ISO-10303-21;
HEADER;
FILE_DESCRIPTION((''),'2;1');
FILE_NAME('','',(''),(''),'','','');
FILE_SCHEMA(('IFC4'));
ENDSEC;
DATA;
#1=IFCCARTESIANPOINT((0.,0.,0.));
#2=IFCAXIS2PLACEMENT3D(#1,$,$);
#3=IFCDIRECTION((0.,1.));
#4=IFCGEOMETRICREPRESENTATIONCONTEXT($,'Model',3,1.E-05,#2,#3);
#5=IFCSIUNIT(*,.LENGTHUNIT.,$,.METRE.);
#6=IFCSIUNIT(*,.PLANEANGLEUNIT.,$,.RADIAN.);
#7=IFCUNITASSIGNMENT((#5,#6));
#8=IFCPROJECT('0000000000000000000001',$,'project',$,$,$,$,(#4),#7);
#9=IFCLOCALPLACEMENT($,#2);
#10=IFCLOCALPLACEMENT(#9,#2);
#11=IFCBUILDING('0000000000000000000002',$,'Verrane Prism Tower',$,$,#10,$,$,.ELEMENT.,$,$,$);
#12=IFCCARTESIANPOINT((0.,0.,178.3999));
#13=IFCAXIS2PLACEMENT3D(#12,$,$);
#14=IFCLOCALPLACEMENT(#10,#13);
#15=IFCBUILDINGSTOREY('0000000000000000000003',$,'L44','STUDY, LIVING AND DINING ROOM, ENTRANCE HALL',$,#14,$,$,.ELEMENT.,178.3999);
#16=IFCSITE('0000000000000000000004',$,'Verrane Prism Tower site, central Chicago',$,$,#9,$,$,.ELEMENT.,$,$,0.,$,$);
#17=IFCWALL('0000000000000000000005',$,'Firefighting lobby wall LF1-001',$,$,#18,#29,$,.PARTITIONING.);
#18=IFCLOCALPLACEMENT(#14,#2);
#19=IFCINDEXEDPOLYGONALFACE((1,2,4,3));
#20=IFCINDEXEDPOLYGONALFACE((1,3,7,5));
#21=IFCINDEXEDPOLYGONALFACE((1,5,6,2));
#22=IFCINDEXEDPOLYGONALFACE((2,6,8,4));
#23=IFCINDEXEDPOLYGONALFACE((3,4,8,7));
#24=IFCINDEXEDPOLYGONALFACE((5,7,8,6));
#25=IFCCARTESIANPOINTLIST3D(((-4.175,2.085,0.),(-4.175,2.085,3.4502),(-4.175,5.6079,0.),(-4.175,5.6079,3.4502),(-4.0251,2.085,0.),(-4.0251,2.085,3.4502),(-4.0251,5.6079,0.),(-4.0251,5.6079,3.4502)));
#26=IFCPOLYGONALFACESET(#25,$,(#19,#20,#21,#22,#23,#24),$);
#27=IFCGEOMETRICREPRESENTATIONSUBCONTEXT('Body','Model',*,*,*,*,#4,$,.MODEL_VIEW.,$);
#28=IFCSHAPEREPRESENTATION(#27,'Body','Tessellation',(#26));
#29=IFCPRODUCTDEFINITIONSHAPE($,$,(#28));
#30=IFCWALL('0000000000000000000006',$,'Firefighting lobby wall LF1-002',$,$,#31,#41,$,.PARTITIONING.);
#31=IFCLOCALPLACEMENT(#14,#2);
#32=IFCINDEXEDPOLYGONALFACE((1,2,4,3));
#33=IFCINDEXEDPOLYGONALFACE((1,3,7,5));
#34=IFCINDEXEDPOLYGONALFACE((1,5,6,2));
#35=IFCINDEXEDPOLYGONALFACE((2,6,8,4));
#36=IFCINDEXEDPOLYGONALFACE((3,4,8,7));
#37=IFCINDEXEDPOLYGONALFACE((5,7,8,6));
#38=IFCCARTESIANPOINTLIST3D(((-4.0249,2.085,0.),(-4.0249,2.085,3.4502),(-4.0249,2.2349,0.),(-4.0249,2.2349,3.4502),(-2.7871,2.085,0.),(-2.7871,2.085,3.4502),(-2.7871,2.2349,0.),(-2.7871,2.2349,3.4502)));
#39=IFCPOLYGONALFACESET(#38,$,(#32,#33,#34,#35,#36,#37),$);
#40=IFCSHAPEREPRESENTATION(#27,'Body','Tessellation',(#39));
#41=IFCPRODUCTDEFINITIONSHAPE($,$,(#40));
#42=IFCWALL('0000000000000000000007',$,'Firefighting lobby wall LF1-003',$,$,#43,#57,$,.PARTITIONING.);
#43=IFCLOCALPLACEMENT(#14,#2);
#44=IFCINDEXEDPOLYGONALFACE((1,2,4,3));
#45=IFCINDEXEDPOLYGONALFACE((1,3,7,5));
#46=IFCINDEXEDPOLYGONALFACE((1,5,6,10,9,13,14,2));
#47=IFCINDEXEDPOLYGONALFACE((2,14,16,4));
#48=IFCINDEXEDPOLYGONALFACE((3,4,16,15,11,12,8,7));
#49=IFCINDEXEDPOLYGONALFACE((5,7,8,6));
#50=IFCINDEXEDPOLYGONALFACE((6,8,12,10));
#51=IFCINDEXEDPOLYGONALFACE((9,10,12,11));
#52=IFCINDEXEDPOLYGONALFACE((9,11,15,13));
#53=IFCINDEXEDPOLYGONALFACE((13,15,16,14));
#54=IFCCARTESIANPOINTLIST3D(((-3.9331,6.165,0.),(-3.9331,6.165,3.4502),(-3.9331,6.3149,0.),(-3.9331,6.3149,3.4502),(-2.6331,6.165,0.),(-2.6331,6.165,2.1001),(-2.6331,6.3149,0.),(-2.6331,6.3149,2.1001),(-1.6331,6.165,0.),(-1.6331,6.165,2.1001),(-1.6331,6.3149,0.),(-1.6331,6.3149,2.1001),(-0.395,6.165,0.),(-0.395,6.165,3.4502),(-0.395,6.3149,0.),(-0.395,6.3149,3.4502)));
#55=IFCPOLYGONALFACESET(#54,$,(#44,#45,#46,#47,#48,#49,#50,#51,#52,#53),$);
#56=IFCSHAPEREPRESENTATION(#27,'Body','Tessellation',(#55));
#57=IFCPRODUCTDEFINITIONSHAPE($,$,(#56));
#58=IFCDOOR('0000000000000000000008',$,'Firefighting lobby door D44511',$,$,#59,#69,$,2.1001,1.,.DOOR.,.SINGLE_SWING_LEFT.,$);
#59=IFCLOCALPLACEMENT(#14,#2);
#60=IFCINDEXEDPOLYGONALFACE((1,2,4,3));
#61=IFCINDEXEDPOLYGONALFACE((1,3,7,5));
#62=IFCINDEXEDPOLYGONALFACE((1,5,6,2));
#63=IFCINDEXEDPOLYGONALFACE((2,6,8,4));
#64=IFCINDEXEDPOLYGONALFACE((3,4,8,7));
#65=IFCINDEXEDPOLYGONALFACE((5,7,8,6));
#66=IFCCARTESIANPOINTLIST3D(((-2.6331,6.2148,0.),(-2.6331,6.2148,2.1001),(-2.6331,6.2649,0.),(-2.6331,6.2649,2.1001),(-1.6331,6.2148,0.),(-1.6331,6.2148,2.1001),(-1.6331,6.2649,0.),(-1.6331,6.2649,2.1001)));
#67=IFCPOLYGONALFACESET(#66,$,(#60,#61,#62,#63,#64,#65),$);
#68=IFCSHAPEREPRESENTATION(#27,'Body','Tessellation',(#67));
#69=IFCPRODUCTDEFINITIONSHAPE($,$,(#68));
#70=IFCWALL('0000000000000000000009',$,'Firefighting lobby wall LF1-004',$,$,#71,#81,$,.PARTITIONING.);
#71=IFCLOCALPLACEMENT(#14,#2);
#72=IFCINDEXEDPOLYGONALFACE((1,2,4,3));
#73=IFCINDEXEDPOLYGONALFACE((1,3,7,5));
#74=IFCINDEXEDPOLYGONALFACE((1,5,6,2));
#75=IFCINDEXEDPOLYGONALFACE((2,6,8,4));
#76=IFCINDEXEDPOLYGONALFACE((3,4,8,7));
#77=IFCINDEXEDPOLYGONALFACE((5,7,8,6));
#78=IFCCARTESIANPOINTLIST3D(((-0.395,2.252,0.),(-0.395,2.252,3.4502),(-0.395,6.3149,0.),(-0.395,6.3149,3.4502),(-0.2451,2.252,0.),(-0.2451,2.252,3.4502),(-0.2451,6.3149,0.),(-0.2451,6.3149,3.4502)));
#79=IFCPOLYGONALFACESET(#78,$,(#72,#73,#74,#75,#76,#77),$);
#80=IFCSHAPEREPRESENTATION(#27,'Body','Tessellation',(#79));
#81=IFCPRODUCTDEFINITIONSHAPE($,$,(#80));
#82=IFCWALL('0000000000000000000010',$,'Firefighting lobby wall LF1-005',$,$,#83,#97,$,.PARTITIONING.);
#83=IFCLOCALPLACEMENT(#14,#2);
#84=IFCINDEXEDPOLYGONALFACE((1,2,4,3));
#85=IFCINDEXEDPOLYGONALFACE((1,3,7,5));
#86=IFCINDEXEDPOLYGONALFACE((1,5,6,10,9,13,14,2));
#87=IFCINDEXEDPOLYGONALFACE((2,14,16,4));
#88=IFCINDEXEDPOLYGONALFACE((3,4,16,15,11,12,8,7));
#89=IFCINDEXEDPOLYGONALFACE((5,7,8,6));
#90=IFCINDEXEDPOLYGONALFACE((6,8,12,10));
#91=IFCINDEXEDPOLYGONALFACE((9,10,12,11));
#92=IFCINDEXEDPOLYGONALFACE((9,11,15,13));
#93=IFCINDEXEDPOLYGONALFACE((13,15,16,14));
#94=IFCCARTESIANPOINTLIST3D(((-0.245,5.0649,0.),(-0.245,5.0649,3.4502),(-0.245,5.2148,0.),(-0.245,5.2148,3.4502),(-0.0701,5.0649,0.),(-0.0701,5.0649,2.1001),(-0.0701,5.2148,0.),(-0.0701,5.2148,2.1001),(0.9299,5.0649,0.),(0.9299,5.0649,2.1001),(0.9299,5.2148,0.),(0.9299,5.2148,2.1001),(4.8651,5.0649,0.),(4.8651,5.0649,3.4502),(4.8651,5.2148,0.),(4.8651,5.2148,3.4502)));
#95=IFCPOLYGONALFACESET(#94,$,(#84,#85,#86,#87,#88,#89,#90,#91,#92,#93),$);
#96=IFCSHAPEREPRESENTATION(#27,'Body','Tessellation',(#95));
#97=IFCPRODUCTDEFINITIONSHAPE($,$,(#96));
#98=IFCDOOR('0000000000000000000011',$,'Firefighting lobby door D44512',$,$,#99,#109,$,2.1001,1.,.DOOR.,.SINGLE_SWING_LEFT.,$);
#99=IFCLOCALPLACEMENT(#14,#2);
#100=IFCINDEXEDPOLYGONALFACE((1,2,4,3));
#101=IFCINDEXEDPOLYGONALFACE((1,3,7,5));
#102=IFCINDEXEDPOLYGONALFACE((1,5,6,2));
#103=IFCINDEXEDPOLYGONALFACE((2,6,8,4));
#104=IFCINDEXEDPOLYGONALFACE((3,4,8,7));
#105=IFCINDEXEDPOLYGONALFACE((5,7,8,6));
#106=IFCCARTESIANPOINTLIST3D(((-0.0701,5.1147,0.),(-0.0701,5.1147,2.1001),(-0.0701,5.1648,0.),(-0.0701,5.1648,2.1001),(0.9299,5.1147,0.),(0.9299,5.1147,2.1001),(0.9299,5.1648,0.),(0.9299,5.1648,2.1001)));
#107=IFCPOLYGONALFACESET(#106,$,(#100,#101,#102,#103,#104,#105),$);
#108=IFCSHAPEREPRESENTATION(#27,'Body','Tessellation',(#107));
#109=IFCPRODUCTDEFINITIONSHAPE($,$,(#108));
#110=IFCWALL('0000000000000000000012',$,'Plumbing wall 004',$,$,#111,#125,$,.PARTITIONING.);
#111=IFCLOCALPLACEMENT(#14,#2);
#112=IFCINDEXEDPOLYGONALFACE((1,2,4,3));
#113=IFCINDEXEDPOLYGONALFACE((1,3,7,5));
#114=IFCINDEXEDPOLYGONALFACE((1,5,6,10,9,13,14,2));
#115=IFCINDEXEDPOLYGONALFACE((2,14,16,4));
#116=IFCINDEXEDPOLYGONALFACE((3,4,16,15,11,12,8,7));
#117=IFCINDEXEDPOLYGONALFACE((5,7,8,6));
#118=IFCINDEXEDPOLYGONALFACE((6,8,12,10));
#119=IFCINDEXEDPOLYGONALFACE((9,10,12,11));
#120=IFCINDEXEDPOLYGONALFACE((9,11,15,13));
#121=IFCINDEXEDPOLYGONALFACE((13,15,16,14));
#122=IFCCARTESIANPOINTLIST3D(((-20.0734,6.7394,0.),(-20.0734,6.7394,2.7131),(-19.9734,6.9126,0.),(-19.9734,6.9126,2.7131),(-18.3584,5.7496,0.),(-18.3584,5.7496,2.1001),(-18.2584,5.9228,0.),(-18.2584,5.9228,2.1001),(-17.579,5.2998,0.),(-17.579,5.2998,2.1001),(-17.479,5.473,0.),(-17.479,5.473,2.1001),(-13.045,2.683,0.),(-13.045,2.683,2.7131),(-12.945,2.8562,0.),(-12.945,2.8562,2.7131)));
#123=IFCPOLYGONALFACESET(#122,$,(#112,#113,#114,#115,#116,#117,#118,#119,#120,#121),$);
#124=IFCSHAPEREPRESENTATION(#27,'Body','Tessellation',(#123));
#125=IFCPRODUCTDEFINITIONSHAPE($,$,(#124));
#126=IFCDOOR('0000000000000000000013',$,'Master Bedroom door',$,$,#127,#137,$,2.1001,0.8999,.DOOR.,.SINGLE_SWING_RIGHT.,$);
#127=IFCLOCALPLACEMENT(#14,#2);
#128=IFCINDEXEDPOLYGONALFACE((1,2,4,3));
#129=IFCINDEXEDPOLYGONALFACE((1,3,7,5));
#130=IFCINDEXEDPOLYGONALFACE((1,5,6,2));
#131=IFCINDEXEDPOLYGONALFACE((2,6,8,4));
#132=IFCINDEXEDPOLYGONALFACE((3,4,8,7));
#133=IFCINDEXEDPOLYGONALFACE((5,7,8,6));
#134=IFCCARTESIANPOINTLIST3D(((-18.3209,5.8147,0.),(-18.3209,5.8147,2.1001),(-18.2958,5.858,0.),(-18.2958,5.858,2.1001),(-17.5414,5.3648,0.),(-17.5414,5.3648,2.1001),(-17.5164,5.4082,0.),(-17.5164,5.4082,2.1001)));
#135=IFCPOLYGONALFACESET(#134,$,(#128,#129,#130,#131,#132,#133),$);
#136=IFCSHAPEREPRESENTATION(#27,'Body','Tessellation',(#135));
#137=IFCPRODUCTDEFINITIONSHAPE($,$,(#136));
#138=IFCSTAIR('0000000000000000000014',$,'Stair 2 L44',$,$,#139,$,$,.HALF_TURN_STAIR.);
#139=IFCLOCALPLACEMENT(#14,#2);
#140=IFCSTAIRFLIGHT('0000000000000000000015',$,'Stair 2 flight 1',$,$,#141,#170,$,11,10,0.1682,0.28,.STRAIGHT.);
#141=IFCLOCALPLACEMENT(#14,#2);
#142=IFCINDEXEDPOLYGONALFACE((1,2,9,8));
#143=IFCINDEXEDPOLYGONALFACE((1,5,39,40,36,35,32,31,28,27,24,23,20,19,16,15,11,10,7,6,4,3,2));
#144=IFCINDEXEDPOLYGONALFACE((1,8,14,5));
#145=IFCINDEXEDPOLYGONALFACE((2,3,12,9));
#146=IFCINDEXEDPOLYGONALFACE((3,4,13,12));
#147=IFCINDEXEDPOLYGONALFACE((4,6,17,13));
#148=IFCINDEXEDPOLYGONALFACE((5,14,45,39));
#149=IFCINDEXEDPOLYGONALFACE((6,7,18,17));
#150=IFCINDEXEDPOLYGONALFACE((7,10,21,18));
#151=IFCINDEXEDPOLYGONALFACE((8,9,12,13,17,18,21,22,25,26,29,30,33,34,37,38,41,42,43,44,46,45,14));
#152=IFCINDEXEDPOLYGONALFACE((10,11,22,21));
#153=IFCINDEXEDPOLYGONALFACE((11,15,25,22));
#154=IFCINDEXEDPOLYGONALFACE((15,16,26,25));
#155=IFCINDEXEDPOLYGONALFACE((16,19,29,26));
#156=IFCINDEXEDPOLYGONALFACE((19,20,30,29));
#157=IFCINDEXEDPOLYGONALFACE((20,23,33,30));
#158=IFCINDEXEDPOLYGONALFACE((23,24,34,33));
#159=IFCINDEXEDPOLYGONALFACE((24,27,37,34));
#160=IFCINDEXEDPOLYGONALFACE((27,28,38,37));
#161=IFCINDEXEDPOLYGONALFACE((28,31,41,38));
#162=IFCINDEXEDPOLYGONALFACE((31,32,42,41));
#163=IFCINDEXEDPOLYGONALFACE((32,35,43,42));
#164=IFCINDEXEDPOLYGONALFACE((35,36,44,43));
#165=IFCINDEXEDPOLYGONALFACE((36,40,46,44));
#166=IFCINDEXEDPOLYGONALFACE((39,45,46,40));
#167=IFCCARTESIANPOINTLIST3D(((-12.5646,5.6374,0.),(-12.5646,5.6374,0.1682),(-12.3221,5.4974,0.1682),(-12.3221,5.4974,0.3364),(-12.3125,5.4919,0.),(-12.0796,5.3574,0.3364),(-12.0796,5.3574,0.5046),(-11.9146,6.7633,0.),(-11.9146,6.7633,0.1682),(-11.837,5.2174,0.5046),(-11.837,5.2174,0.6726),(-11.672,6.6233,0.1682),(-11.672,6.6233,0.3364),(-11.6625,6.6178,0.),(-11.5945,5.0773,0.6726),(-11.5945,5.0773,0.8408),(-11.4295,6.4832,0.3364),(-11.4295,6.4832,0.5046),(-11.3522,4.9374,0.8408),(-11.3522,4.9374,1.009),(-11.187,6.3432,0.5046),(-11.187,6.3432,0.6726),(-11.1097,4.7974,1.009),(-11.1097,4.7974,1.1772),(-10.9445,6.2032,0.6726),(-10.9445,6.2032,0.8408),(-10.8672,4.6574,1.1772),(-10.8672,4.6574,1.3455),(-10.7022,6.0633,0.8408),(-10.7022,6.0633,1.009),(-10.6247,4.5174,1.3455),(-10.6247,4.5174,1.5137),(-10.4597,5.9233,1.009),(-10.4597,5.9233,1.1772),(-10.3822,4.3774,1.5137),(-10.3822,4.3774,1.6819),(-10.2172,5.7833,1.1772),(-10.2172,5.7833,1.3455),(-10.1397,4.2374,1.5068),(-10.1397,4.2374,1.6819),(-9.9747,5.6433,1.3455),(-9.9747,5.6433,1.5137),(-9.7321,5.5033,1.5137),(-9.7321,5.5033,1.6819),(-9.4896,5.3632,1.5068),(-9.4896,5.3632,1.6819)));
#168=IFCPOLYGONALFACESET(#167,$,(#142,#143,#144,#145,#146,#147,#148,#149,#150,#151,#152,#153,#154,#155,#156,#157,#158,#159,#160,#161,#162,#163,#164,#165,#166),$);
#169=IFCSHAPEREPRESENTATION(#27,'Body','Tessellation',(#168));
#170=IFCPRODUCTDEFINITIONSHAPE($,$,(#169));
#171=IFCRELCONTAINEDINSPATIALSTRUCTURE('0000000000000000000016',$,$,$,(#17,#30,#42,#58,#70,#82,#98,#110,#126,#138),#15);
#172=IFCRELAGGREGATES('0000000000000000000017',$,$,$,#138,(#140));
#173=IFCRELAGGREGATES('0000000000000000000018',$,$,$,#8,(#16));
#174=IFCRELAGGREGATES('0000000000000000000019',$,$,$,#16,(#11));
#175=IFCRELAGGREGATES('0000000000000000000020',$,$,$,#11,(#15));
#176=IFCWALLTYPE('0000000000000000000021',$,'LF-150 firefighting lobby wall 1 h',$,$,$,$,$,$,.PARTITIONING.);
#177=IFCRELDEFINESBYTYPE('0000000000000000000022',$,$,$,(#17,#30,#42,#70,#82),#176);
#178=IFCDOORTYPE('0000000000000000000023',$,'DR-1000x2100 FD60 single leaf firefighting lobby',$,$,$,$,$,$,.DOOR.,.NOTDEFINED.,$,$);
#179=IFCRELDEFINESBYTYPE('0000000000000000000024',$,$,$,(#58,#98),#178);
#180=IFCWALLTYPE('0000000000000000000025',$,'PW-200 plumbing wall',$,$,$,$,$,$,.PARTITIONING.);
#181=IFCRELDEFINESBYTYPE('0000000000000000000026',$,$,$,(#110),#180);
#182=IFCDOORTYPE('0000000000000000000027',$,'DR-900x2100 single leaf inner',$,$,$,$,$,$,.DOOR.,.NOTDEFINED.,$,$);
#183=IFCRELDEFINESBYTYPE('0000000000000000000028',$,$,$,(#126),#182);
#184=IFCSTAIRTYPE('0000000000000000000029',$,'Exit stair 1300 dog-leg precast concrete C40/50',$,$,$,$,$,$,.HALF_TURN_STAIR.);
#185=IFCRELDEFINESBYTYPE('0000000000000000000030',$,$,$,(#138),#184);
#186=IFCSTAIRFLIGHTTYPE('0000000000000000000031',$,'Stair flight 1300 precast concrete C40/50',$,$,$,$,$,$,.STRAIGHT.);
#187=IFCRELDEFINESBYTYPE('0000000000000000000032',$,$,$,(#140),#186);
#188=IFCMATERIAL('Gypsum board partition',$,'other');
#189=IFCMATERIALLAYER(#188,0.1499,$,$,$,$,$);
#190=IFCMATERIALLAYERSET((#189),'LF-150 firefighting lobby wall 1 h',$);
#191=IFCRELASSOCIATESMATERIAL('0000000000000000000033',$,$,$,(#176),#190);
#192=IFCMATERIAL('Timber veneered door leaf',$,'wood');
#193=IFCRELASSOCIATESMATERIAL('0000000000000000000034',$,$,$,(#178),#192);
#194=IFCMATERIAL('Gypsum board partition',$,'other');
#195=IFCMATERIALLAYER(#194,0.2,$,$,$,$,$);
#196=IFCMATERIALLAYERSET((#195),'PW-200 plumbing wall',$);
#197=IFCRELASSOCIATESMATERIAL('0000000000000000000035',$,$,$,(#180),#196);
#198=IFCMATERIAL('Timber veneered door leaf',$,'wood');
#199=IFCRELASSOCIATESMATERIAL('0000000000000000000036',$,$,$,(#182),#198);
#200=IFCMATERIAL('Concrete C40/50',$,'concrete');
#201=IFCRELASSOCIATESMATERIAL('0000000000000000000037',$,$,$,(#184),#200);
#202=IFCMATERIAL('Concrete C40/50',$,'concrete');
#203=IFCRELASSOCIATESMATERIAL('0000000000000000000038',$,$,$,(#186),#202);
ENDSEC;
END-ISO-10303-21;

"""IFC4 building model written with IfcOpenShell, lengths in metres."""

from ifc_helpers import new_model, si_unit, direction, frame, frame_2d, origin, place, context, subcontext, project, spatial, polyline, rectangle, outline, extrude, material, layer, layer_set, type_object, element, fill, aggregate, save


model = new_model("IFC4")

# Units and contexts
model_context = context("Model", 3, precision=1e-05, world=origin(), true_north=direction((0.0, 1.0)))
body_context = subcontext(model_context, "Body", "Model", "MODEL_VIEW")
ifc_project = project(units=[si_unit("LENGTHUNIT", "METRE"), si_unit("PLANEANGLEUNIT", "RADIAN")], contexts=[model_context])

# Site, building, storey
site_placement = place(None, origin())
site = spatial("IfcSite", under=ifc_project, at=site_placement, Name="Verrane Prism Tower site, central Chicago", CompositionType="ELEMENT", RefElevation=0.0)
building_placement = place(site_placement, origin())
building = spatial("IfcBuilding", under=site, at=building_placement, Name="Verrane Prism Tower", CompositionType="ELEMENT")
storey_placement = place(building_placement, frame((0.0, 0.0, 178.3999)))
storey = spatial("IfcBuildingStorey", under=building, at=storey_placement, Name="L44", Description="STUDY, LIVING AND DINING ROOM, ENTRANCE HALL", CompositionType="ELEMENT", Elevation=178.3999)

# Walls
ifc_material_1 = material(Name="Gypsum board partition", Category="other")
ifc_layer_1 = layer(ifc_material_1, 0.1499)
ifc_layer_set_1 = layer_set([ifc_layer_1], Name="LF-150 firefighting lobby wall 1 h")
wall_type_1 = type_object("IfcWallType", Name="LF-150 firefighting lobby wall 1 h", PredefinedType="PARTITIONING", material=ifc_layer_set_1)
wall_1_placement = place(storey_placement, frame((-4.1001, 2.085, 0.0), z_axis=(0.0, 0.0, 1.0), x_axis=(0.0, 1.0, 0.0)))
element("IfcWall", 1, at=wall_1_placement, inside=storey, type_object=wall_type_1, Name="Firefighting lobby wall LF1-001", PredefinedType="PARTITIONING", context=body_context, shape_type="SweptSolid", body=[
    extrude(rectangle(XDim=3.5229, YDim=0.1499, at=frame_2d((1.7615, 0.0))), origin(), (0.0, 0.0, 1.0), 3.4502),
])
wall_2_placement = place(storey_placement, frame((-4.0249, 2.1599, 0.0), z_axis=(0.0, 0.0, 1.0), x_axis=(1.0, 0.0, 0.0)))
element("IfcWall", 2, at=wall_2_placement, inside=storey, type_object=wall_type_1, Name="Firefighting lobby wall LF1-002", PredefinedType="PARTITIONING", context=body_context, shape_type="SweptSolid", body=[
    extrude(rectangle(XDim=1.2378, YDim=0.1499, at=frame_2d((0.6189, 0.0))), origin(), (0.0, 0.0, 1.0), 3.4502),
])

# Wall, opening, door
wall_3_placement = place(storey_placement, frame((-3.9331, 6.24, 0.0), z_axis=(0.0, 0.0, 1.0), x_axis=(1.0, 0.0, 0.0)))
wall_3 = element("IfcWall", 3, at=wall_3_placement, inside=storey, type_object=wall_type_1, Name="Firefighting lobby wall LF1-003", PredefinedType="PARTITIONING", context=body_context, shape_type="SweptSolid", body=[
    extrude(rectangle(XDim=3.5381, YDim=0.1499, at=frame_2d((1.769, 0.0))), origin(), (0.0, 0.0, 1.0), 3.4502),
])
opening_1_placement = place(wall_3_placement, frame((1.3, 0.0, 0.0)))
opening_1 = element("IfcOpeningElement", 4, at=opening_1_placement, cuts=wall_3, PredefinedType="OPENING", context=body_context, shape_type="SweptSolid", body=[
    extrude(rectangle(XDim=1.0, YDim=2.1001, at=frame_2d((0.5, 1.05))), frame((0.0, 0.085, 0.0), z_axis=(0.0, -1.0, 0.0), x_axis=(1.0, 0.0, 0.0)), (0.0, 0.0, 1.0), 0.1699),
])
ifc_material_2 = material(Name="Timber veneered door leaf", Category="wood")
door_type_1 = type_object("IfcDoorType", Name="DR-1000x2100 FD60 single leaf firefighting lobby", OperationType="NOTDEFINED", PredefinedType="DOOR", material=ifc_material_2)
door_1_placement = place(opening_1_placement, origin())
door_1 = element("IfcDoor", 5, at=door_1_placement, inside=storey, type_object=door_type_1, Name="Firefighting lobby door D44511", OperationType="SINGLE_SWING_LEFT", OverallHeight=2.1001, OverallWidth=1.0, PredefinedType="DOOR", context=body_context, shape_type="SweptSolid", body=[
    extrude(rectangle(XDim=1.0, YDim=2.1001, at=frame_2d((0.5, 1.05))), frame((0.0, 0.0249, 0.0), z_axis=(0.0, -1.0, 0.0), x_axis=(1.0, 0.0, 0.0)), (0.0, 0.0, 1.0), 0.05),
])
fill(opening_1, door_1)

# Wall
wall_4_placement = place(storey_placement, frame((-0.3201, 2.252, 0.0), z_axis=(0.0, 0.0, 1.0), x_axis=(0.0, 1.0, 0.0)))
element("IfcWall", 6, at=wall_4_placement, inside=storey, type_object=wall_type_1, Name="Firefighting lobby wall LF1-004", PredefinedType="PARTITIONING", context=body_context, shape_type="SweptSolid", body=[
    extrude(rectangle(XDim=4.063, YDim=0.1499, at=frame_2d((2.0315, 0.0))), origin(), (0.0, 0.0, 1.0), 3.4502),
])

# Walls, openings, doors
wall_5_placement = place(storey_placement, frame((-0.2451, 5.1399, 0.0), z_axis=(0.0, 0.0, 1.0), x_axis=(1.0, 0.0, 0.0)))
wall_5 = element("IfcWall", 7, at=wall_5_placement, inside=storey, type_object=wall_type_1, Name="Firefighting lobby wall LF1-005", PredefinedType="PARTITIONING", context=body_context, shape_type="SweptSolid", body=[
    extrude(rectangle(XDim=5.1101, YDim=0.1499, at=frame_2d((2.5552, 0.0))), origin(), (0.0, 0.0, 1.0), 3.4502),
])
opening_2_placement = place(wall_5_placement, frame((0.175, 0.0, 0.0)))
opening_2 = element("IfcOpeningElement", 8, at=opening_2_placement, cuts=wall_5, PredefinedType="OPENING", context=body_context, shape_type="SweptSolid", body=[
    extrude(rectangle(XDim=1.0, YDim=2.1001, at=frame_2d((0.5, 1.05))), frame((0.0, 0.085, 0.0), z_axis=(0.0, -1.0, 0.0), x_axis=(1.0, 0.0, 0.0)), (0.0, 0.0, 1.0), 0.1699),
])
door_2_placement = place(opening_2_placement, origin())
door_2 = element("IfcDoor", 9, at=door_2_placement, inside=storey, type_object=door_type_1, Name="Firefighting lobby door D44512", OperationType="SINGLE_SWING_LEFT", OverallHeight=2.1001, OverallWidth=1.0, PredefinedType="DOOR", context=body_context, shape_type="SweptSolid", body=[
    extrude(rectangle(XDim=1.0, YDim=2.1001, at=frame_2d((0.5, 1.05))), frame((0.0, 0.0249, 0.0), z_axis=(0.0, -1.0, 0.0), x_axis=(1.0, 0.0, 0.0)), (0.0, 0.0, 1.0), 0.05),
])
fill(opening_2, door_2)
ifc_material_3 = material(Name="Gypsum board partition", Category="other")
ifc_layer_2 = layer(ifc_material_3, 0.2)
ifc_layer_set_2 = layer_set([ifc_layer_2], Name="PW-200 plumbing wall")
wall_type_2 = type_object("IfcWallType", Name="PW-200 plumbing wall", PredefinedType="PARTITIONING", material=ifc_layer_set_2)
wall_6_placement = place(storey_placement, frame((-12.9949, 2.7695, 0.0), z_axis=(0.0, 0.0, 1.0), x_axis=(-0.8661, 0.49987, 0.0)))
wall_6 = element("IfcWall", 10, at=wall_6_placement, inside=storey, type_object=wall_type_2, Name="Plumbing wall 004", PredefinedType="PARTITIONING", context=body_context, shape_type="SweptSolid", body=[
    extrude(rectangle(XDim=8.115, YDim=0.2, at=frame_2d((4.0576, 0.0))), origin(), (0.0, 0.0, 1.0), 2.7131),
])
opening_3_placement = place(wall_6_placement, frame((5.2351, 0.0, 0.0)))
opening_3 = element("IfcOpeningElement", 11, at=opening_3_placement, cuts=wall_6, PredefinedType="OPENING", context=body_context, shape_type="SweptSolid", body=[
    extrude(rectangle(XDim=0.8999, YDim=2.1001, at=frame_2d((0.45, 1.05))), frame((0.0, 0.1099, 0.0), z_axis=(0.0, -1.0, 0.0), x_axis=(1.0, 0.0, 0.0)), (0.0, 0.0, 1.0), 0.22),
])
ifc_material_4 = material(Name="Timber veneered door leaf", Category="wood")
door_type_2 = type_object("IfcDoorType", Name="DR-900x2100 single leaf inner", OperationType="NOTDEFINED", PredefinedType="DOOR", material=ifc_material_4)
door_3_placement = place(opening_3_placement, origin())
door_3 = element("IfcDoor", 12, at=door_3_placement, inside=storey, type_object=door_type_2, Name="Master Bedroom door", OperationType="SINGLE_SWING_RIGHT", OverallHeight=2.1001, OverallWidth=0.8999, PredefinedType="DOOR", context=body_context, shape_type="SweptSolid", body=[
    extrude(rectangle(XDim=0.8999, YDim=2.1001, at=frame_2d((0.45, 1.05))), frame((0.0, 0.0249, 0.0), z_axis=(0.0, -1.0, 0.0), x_axis=(1.0, 0.0, 0.0)), (0.0, 0.0, 1.0), 0.05),
])
fill(opening_3, door_3)

# Stair, stair flight
ifc_material_5 = material(Name="Concrete C40/50", Category="concrete")
stair_type = type_object("IfcStairType", Name="Exit stair 1300 dog-leg precast concrete C40/50", PredefinedType="HALF_TURN_STAIR", material=ifc_material_5)
stair_placement = place(storey_placement, origin())
stair = element("IfcStair", 13, at=stair_placement, inside=storey, type_object=stair_type, Name="Stair 2 L44", PredefinedType="HALF_TURN_STAIR")
ifc_material_6 = material(Name="Concrete C40/50", Category="concrete")
stair_flight_type = type_object("IfcStairFlightType", Name="Stair flight 1300 precast concrete C40/50", PredefinedType="STRAIGHT", material=ifc_material_6)
stair_flight_1_placement = place(storey_placement, frame((-12.2395, 6.2004, 0.0), z_axis=(0.0, 0.0, 1.0), x_axis=(0.866025, -0.5, 0.0)))
stair_flight_1 = element("IfcStairFlight", 14, at=stair_flight_1_placement, type_object=stair_flight_type, Name="Stair 2 flight 1", NumberOfRisers=11, NumberOfTreads=10, PredefinedType="STRAIGHT", RiserHeight=0.1682, TreadLength=0.28, context=body_context, shape_type="SweptSolid", body=[
    extrude(outline(polyline([(0.0, 0.0), (0.0, 0.1682), (0.28, 0.1682), (0.28, 0.3364), (0.5601, 0.3364), (0.5601, 0.5046), (0.8401, 0.5046), (0.8401, 0.6726), (1.1201, 0.6726), (1.1201, 0.8408), (1.3999, 0.8408), (1.3999, 1.009), (1.6799, 1.009), (1.6799, 1.1772), (1.96, 1.1772), (1.96, 1.3455), (2.24, 1.3455), (2.24, 1.5137), (2.52, 1.5137), (2.52, 1.6819), (2.8, 1.6819), (2.8, 1.8501), (2.8, 1.5068), (0.291, 0.0), (0.0, 0.0)])), frame((0.0, 0.6499, 0.0), z_axis=(0.0, -1.0, 0.0), x_axis=(1.0, 0.0, 0.0)), (0.0, 0.0, 1.0), 1.3),
])
aggregate(stair, [stair_flight_1])

save(model, "model.ifc")
